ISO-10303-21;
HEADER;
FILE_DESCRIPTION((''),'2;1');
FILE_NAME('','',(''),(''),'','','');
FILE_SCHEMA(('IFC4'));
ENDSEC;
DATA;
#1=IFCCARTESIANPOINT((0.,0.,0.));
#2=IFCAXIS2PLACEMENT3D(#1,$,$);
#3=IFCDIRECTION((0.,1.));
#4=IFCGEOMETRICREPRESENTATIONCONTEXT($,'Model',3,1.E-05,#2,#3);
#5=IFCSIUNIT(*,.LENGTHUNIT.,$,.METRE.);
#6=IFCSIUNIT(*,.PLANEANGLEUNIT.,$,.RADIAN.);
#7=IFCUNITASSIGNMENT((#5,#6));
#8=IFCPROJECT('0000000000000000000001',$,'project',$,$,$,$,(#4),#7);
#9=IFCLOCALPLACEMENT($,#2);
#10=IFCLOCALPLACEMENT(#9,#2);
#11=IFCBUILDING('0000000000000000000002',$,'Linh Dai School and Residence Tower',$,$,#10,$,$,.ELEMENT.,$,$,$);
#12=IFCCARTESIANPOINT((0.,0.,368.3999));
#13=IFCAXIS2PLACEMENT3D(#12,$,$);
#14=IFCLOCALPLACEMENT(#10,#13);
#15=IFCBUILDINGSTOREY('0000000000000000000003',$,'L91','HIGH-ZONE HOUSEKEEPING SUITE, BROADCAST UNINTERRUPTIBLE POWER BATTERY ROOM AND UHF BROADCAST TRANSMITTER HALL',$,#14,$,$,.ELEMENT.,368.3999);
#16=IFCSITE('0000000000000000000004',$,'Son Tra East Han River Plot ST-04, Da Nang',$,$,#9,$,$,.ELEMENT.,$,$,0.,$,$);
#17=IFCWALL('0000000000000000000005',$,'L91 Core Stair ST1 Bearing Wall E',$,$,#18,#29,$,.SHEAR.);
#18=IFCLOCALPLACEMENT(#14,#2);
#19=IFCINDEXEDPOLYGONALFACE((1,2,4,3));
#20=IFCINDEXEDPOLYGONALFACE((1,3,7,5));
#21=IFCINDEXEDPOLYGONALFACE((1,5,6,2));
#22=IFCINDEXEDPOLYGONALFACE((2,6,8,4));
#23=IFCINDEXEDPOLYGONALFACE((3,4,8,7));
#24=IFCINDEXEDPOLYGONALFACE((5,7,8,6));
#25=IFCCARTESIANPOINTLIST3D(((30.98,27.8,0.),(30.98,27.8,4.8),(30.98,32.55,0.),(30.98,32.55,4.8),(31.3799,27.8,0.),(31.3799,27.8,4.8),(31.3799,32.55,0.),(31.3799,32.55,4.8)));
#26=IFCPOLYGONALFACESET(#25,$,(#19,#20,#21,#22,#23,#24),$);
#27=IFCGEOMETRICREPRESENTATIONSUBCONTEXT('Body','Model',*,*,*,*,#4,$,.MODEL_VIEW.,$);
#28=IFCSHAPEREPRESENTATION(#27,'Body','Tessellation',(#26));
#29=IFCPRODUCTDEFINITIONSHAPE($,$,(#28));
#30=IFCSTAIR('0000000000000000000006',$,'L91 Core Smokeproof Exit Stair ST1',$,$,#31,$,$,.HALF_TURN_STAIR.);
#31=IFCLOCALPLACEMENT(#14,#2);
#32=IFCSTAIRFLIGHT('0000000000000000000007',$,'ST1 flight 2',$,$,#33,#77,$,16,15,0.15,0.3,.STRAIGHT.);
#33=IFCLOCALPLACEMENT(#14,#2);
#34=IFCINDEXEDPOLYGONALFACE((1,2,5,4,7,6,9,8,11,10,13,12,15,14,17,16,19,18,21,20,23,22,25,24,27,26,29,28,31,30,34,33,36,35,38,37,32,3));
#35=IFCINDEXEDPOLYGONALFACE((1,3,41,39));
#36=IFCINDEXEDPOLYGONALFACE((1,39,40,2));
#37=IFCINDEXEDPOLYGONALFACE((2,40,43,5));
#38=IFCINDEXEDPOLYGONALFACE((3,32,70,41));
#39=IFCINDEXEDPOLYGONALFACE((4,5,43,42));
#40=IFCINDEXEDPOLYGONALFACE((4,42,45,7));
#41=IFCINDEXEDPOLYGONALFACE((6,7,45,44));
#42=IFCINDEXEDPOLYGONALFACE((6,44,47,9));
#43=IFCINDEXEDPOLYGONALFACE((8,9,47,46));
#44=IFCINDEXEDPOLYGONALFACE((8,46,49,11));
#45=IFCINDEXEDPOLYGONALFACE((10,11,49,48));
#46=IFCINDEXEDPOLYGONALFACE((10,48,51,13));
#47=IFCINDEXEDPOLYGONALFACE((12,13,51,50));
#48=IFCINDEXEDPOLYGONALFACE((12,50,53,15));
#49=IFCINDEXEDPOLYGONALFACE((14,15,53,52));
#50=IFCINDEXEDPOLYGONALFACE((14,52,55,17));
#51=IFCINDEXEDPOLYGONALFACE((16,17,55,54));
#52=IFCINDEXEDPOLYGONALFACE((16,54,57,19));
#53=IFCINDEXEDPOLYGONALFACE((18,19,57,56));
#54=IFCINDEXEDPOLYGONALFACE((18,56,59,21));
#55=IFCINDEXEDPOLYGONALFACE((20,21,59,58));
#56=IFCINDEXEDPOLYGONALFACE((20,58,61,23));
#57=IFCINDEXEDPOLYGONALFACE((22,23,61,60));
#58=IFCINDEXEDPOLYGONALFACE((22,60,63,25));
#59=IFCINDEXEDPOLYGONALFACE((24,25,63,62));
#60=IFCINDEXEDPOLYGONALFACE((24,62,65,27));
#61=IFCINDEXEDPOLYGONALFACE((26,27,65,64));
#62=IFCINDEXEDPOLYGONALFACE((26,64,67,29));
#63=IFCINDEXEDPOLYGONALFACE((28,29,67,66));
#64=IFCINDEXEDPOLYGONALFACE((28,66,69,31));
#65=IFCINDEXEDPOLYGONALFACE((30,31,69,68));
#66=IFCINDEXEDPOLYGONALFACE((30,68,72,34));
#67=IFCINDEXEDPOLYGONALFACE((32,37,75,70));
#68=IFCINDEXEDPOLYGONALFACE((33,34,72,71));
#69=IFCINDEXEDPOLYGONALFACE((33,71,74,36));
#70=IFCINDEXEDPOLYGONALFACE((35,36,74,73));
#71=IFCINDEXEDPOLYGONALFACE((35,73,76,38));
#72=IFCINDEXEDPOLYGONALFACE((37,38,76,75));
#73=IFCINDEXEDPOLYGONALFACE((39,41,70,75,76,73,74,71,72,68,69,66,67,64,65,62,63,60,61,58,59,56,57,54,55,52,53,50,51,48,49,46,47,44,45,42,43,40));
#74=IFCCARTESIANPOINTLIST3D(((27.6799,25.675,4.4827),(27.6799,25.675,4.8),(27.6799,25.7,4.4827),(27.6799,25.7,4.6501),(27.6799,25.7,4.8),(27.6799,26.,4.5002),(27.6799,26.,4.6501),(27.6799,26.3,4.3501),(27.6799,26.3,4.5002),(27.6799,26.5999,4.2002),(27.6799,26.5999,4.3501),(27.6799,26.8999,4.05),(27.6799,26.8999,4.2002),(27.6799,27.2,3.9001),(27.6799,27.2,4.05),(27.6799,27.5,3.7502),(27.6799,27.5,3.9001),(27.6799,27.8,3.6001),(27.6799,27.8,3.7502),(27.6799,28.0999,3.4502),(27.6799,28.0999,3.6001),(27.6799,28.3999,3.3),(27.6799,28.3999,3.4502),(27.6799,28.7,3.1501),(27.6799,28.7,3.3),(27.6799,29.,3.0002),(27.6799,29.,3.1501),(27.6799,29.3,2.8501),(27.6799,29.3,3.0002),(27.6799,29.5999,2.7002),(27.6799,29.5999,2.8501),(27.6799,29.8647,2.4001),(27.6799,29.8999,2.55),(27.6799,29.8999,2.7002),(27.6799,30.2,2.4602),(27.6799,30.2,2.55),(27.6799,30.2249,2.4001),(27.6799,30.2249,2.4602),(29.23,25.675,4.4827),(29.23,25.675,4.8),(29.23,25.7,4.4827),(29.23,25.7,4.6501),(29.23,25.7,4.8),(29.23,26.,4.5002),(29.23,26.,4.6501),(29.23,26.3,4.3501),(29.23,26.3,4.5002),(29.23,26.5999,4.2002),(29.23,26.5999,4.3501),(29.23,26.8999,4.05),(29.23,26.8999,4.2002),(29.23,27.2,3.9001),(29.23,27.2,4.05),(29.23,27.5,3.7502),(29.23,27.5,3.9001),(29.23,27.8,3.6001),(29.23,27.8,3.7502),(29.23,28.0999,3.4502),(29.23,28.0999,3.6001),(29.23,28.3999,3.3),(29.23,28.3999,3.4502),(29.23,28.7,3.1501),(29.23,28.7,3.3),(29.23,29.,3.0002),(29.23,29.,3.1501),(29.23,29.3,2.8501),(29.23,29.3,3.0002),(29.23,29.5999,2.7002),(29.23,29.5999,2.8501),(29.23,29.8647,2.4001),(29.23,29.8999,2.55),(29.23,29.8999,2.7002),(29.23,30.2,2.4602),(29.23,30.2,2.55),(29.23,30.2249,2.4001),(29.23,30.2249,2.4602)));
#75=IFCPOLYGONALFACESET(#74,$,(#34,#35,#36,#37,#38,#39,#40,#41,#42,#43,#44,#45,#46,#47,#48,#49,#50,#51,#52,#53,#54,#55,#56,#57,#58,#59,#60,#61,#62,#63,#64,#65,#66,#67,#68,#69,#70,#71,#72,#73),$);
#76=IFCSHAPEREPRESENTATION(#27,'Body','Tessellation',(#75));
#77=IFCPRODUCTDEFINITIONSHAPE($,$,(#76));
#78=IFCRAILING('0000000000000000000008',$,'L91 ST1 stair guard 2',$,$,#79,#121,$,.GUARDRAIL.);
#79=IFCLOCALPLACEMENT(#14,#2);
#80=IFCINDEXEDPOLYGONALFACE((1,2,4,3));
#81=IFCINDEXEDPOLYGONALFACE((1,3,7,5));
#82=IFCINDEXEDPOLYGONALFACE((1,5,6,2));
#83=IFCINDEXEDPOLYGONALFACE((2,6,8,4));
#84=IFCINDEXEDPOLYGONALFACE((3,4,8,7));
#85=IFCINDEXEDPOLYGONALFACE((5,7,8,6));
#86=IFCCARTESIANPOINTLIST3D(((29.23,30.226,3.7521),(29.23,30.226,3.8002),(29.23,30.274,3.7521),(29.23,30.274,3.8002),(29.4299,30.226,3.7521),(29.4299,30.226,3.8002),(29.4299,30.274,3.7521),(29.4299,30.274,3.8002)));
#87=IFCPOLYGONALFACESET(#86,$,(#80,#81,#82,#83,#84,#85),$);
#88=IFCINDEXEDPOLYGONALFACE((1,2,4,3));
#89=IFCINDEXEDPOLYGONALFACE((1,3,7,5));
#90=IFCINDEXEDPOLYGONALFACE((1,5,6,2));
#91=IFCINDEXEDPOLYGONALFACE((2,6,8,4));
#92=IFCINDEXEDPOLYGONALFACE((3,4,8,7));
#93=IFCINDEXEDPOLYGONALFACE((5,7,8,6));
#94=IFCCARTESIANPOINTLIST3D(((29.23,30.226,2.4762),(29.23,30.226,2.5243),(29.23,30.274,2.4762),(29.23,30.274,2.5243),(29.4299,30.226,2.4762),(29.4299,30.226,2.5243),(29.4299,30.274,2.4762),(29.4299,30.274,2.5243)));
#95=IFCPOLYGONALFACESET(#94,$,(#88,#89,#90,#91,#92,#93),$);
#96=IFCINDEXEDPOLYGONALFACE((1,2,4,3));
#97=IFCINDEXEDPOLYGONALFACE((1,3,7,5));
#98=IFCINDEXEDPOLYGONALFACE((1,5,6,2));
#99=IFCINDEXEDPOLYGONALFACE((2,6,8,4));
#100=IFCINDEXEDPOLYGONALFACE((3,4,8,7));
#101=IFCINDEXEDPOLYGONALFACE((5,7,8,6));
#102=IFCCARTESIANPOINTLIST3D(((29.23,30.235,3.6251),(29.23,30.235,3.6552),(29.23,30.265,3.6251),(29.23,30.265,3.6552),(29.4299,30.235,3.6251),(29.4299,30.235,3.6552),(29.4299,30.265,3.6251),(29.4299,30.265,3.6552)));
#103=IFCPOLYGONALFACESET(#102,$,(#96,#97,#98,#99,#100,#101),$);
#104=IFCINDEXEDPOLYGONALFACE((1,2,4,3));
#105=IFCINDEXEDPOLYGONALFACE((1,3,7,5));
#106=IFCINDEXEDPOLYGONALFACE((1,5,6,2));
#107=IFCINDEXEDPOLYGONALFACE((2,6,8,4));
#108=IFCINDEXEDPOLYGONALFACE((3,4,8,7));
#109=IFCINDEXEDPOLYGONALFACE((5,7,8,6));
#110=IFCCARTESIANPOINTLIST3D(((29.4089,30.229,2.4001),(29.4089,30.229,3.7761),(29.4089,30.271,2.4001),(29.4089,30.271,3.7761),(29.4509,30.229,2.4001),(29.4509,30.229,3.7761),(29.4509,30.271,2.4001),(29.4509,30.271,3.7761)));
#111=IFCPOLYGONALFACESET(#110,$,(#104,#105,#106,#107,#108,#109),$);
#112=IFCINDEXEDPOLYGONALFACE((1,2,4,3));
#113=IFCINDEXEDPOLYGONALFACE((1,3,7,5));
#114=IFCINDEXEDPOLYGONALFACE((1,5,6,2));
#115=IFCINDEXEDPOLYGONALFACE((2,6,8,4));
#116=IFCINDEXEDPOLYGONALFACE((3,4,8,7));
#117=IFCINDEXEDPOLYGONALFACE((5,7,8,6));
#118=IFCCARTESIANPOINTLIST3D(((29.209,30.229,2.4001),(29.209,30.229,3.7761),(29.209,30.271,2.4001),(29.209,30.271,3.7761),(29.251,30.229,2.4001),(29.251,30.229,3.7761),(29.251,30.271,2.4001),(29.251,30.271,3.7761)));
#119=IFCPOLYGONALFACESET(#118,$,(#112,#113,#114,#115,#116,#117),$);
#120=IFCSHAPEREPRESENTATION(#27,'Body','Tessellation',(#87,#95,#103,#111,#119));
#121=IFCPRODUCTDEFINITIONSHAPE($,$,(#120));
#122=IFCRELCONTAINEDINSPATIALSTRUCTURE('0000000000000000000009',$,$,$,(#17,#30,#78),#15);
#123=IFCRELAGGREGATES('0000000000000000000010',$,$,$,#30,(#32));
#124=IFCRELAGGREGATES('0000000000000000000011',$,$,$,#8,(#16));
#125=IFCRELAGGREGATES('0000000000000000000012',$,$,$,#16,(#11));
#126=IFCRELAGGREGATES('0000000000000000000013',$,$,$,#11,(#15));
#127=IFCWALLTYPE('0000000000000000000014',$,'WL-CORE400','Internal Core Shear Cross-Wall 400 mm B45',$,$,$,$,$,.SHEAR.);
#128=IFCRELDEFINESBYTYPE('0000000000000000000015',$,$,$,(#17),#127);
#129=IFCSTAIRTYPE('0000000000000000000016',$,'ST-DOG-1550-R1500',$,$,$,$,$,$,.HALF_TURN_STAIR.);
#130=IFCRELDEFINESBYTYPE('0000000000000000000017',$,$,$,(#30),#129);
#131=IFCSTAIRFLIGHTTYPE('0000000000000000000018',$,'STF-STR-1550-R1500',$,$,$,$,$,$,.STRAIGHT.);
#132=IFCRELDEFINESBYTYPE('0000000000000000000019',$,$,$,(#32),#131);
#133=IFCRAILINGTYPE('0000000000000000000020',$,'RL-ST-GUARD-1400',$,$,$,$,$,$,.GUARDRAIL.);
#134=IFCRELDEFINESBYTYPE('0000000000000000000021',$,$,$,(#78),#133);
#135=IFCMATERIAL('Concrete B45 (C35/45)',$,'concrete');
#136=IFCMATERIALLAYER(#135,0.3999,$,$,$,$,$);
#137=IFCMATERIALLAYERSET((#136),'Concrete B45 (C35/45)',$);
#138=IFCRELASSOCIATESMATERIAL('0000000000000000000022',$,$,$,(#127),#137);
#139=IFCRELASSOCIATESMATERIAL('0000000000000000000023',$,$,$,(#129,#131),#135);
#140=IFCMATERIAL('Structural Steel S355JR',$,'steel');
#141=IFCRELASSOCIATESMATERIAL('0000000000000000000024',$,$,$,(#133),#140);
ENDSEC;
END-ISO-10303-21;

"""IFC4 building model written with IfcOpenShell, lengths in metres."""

from ifc_helpers import new_model, si_unit, direction, frame, frame_2d, origin, origin_2d, place, context, subcontext, project, spatial, polyline, rectangle, outline, extrude, source, transform, mapped, material, layer, layer_set, type_object, element, aggregate, save


model = new_model("IFC4")

# Units and contexts
model_context = context("Model", 3, precision=1e-05, world=origin(), true_north=direction((0.0, 1.0)))
body_context = subcontext(model_context, "Body", "Model", "MODEL_VIEW")
ifc_project = project(units=[si_unit("LENGTHUNIT", "METRE"), si_unit("PLANEANGLEUNIT", "RADIAN")], contexts=[model_context])

# Site, building, storey
site_placement = place(None, origin())
site = spatial("IfcSite", under=ifc_project, at=site_placement, Name="Son Tra East Han River Plot ST-04, Da Nang", CompositionType="ELEMENT", RefElevation=0.0)
building_placement = place(site_placement, origin())
building = spatial("IfcBuilding", under=site, at=building_placement, Name="Linh Dai School and Residence Tower", CompositionType="ELEMENT")
storey_placement = place(building_placement, frame((0.0, 0.0, 368.3999)))
storey = spatial("IfcBuildingStorey", under=building, at=storey_placement, Name="L91", Description="HIGH-ZONE HOUSEKEEPING SUITE, BROADCAST UNINTERRUPTIBLE POWER BATTERY ROOM AND UHF BROADCAST TRANSMITTER HALL", CompositionType="ELEMENT", Elevation=368.3999)

# Shared definitions
ifc_material_1 = material(Name="Concrete B45 (C35/45)", Category="concrete")

# Wall
ifc_layer_1 = layer(ifc_material_1, 0.3999)
ifc_layer_set_1 = layer_set([ifc_layer_1], Name="Concrete B45 (C35/45)")
wall_type_1 = type_object("IfcWallType", Name="WL-CORE400", Description="Internal Core Shear Cross-Wall 400 mm B45", PredefinedType="SHEAR", material=ifc_layer_set_1)
wall_1_placement = place(storey_placement, frame((31.1799, 27.8, 0.0), z_axis=(0.0, 0.0, 1.0), x_axis=(0.0, 1.0, 0.0)))
element("IfcWall", 1, at=wall_1_placement, inside=storey, type_object=wall_type_1, Name="L91 Core Stair ST1 Bearing Wall E", PredefinedType="SHEAR", context=body_context, shape_type="SweptSolid", body=[
    extrude(rectangle(XDim=4.75, YDim=0.3999, at=frame_2d((2.375, 0.0))), origin(), (0.0, 0.0, 1.0), 4.8),
])

# Stair, stair flight
stair_type = type_object("IfcStairType", Name="ST-DOG-1550-R1500", PredefinedType="HALF_TURN_STAIR", material=ifc_material_1)
stair_placement = place(storey_placement, origin())
stair = element("IfcStair", 2, at=stair_placement, inside=storey, type_object=stair_type, Name="L91 Core Smokeproof Exit Stair ST1", PredefinedType="HALF_TURN_STAIR")
stair_flight_type = type_object("IfcStairFlightType", Name="STF-STR-1550-R1500", PredefinedType="STRAIGHT", material=ifc_material_1)
shared_shape_1 = source(origin(), body_context, "Body", "SweptSolid", [
    extrude(outline(polyline([(-0.0249, 0.0), (-0.0249, 0.0601), (0.0, 0.0601), (0.0, 0.1499), (0.3, 0.1499), (0.3, 0.3), (0.6001, 0.3), (0.6001, 0.45), (0.8999, 0.45), (0.8999, 0.6001), (1.2, 0.6001), (1.2, 0.75), (1.5, 0.75), (1.5, 0.8999), (1.8, 0.8999), (1.8, 1.05), (2.1001, 1.05), (2.1001, 1.2), (2.3999, 1.2), (2.3999, 1.3501), (2.7, 1.3501), (2.7, 1.5), (3.0, 1.5), (3.0, 1.6499), (3.3, 1.6499), (3.3, 1.8), (3.6001, 1.8), (3.6001, 1.95), (3.8999, 1.95), (3.8999, 2.1001), (4.2, 2.1001), (4.2, 2.25), (4.5, 2.25), (4.5, 2.3999), (4.5249, 2.3999), (4.5249, 2.0825), (4.5, 2.0825), (0.3352, 0.0), (-0.0249, 0.0)])), frame((0.0, 0.7749, 0.0), z_axis=(0.0, -1.0, 0.0), x_axis=(1.0, 0.0, 0.0)), (0.0, 0.0, 1.0), 1.55),
])
stair_flight_placement = place(storey_placement, frame((28.4551, 30.2, 2.4001), z_axis=(0.0, 0.0, 1.0), x_axis=(0.0, -1.0, 0.0)))
stair_flight = element("IfcStairFlight", 3, at=stair_flight_placement, type_object=stair_flight_type, Name="ST1 flight 2", NumberOfRisers=16, NumberOfTreads=15, PredefinedType="STRAIGHT", RiserHeight=0.15, TreadLength=0.3, context=body_context, shape_type="MappedRepresentation", body=[
    mapped(shared_shape_1, transform((0.0, 0.0, 0.0), x_axis=(1.0, 0.0, 0.0), y_axis=(0.0, 1.0, 0.0), z_axis=(0.0, 0.0, 1.0), scale=1.0)),
])
aggregate(stair, [stair_flight])

# Railing
ifc_material_2 = material(Name="Structural Steel S355JR", Category="steel")
railing_type_1 = type_object("IfcRailingType", Name="RL-ST-GUARD-1400", PredefinedType="GUARDRAIL", material=ifc_material_2)
shared_shape_2 = source(origin(), body_context, "Body", "SweptSolid", [
    extrude(rectangle(XDim=0.0481, YDim=0.0481, at=origin_2d()), frame((0.0, 0.0, 1.376), z_axis=(-1.0, 0.0, 0.0), x_axis=(0.0, -1.0, 0.0)), (0.0, 0.0, 1.0), 0.2),
    extrude(rectangle(XDim=0.0481, YDim=0.0481, at=origin_2d()), frame((0.0, 0.0, 0.1001), z_axis=(-1.0, 0.0, 0.0), x_axis=(0.0, -1.0, 0.0)), (0.0, 0.0, 1.0), 0.2),
    extrude(rectangle(XDim=0.03, YDim=0.03, at=origin_2d()), frame((0.0, 0.0, 1.24), z_axis=(-1.0, 0.0, 0.0), x_axis=(0.0, -1.0, 0.0)), (0.0, 0.0, 1.0), 0.2),
    extrude(rectangle(XDim=0.042, YDim=0.042, at=origin_2d()), origin(), (0.0, 0.0, 1.0), 1.376),
    extrude(rectangle(XDim=0.042, YDim=0.042, at=origin_2d()), frame((-0.2, 0.0, 0.0)), (0.0, 0.0, 1.0), 1.376),
])
railing_1_placement = place(storey_placement, frame((29.4299, 30.25, 2.4001)))
element("IfcRailing", 4, at=railing_1_placement, inside=storey, type_object=railing_type_1, Name="L91 ST1 stair guard 2", PredefinedType="GUARDRAIL", context=body_context, shape_type="MappedRepresentation", body=[
    mapped(shared_shape_2, transform((0.0, 0.0, 0.0), x_axis=(1.0, 0.0, 0.0), y_axis=(0.0, 1.0, 0.0), z_axis=(0.0, 0.0, 1.0), scale=1.0)),
])

save(model, "model.ifc")
